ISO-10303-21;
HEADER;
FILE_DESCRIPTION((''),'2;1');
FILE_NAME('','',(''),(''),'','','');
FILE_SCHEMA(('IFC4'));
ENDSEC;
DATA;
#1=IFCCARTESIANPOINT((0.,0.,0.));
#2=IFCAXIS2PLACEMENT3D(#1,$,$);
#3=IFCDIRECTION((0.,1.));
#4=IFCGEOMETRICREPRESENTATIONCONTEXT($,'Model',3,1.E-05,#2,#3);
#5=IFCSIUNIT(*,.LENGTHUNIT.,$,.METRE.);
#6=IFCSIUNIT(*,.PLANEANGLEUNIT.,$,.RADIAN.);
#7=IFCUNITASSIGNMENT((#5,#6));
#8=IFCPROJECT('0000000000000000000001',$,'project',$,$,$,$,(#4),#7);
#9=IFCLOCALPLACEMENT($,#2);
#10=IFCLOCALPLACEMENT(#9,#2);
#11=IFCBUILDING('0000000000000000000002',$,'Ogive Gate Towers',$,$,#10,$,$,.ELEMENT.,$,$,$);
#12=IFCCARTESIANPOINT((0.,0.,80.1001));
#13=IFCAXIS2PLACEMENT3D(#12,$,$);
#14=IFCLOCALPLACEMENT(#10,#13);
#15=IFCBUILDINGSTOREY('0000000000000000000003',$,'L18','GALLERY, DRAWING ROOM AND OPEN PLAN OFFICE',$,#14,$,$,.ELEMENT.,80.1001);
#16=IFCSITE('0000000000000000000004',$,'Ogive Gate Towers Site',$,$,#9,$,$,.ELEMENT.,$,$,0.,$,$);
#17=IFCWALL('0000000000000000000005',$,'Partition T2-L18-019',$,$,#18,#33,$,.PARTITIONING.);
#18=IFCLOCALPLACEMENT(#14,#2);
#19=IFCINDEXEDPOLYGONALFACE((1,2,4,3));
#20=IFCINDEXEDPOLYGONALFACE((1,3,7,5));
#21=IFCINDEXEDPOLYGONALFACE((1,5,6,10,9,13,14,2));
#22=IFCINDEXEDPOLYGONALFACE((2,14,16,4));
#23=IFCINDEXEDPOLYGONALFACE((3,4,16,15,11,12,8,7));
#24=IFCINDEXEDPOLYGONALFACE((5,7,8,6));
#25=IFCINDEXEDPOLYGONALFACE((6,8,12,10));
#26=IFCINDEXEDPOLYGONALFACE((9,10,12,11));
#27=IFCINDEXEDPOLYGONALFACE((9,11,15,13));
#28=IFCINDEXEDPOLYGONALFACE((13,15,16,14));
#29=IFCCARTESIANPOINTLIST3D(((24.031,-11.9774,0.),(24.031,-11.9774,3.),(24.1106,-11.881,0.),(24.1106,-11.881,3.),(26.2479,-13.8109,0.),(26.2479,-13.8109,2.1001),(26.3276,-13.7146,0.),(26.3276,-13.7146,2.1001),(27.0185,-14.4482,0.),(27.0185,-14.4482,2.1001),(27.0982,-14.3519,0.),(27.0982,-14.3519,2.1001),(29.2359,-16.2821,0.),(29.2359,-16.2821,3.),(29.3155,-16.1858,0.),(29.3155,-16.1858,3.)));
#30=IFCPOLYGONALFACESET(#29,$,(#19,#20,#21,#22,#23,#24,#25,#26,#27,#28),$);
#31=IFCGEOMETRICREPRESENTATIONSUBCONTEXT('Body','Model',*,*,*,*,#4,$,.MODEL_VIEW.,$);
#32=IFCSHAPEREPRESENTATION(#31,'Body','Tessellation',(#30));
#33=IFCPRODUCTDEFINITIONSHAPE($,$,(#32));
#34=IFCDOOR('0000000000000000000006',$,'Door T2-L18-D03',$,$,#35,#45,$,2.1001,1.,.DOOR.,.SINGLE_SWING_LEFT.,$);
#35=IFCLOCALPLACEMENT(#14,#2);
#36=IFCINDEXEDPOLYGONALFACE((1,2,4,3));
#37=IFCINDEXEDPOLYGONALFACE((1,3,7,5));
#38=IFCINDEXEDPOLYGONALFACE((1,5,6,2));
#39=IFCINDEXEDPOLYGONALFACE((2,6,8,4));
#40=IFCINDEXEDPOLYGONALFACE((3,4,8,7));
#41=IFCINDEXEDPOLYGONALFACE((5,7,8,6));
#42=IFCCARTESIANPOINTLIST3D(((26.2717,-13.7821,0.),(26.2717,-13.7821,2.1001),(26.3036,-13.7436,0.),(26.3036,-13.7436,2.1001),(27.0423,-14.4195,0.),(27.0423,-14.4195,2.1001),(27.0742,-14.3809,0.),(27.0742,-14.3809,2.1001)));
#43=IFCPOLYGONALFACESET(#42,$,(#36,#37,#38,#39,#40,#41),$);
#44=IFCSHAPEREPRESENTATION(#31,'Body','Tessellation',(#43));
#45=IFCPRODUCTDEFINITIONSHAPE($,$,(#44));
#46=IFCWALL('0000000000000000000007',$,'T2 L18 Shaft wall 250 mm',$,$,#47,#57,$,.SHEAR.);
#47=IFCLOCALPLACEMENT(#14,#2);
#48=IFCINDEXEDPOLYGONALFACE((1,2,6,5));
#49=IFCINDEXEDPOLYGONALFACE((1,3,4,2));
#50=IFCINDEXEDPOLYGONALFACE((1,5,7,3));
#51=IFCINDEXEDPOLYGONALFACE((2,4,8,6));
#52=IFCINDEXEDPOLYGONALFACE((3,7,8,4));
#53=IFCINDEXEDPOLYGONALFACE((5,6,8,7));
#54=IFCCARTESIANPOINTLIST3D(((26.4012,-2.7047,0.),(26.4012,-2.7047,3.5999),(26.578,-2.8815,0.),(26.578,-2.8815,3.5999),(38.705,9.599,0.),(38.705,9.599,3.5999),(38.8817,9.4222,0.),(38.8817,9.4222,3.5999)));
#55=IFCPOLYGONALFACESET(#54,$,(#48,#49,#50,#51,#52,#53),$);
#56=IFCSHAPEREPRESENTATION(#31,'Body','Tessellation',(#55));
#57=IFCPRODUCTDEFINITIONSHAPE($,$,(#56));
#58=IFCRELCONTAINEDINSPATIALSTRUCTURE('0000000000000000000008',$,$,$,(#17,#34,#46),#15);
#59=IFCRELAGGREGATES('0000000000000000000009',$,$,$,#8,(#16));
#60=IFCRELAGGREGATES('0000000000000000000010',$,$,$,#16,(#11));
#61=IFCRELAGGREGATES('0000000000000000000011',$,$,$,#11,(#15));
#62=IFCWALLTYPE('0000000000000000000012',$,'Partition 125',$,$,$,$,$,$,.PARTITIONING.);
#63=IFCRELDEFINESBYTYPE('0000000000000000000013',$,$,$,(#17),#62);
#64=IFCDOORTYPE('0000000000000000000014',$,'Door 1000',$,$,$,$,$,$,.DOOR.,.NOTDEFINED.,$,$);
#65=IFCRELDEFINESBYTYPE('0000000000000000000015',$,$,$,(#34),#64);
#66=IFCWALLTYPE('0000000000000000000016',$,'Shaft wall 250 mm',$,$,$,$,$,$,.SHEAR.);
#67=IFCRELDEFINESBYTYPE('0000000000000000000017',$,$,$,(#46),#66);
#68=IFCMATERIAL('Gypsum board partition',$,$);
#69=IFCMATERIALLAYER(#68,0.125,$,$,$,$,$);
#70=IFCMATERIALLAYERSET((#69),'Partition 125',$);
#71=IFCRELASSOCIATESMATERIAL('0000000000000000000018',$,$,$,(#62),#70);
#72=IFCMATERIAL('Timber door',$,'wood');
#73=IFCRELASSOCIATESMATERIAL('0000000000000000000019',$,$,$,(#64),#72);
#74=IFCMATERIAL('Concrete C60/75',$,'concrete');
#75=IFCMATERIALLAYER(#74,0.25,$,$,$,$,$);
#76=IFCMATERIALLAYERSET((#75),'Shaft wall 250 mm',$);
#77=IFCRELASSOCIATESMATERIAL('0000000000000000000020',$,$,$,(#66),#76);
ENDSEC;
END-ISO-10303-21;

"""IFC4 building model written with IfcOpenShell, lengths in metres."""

from ifc_helpers import new_model, si_unit, direction, frame, frame_2d, origin, place, context, subcontext, project, spatial, rectangle, extrude, material, layer, layer_set, type_object, element, fill, save


model = new_model("IFC4")

# Units and contexts
model_context = context("Model", 3, precision=1e-05, world=origin(), true_north=direction((0.0, 1.0)))
body_context = subcontext(model_context, "Body", "Model", "MODEL_VIEW")
ifc_project = project(units=[si_unit("LENGTHUNIT", "METRE"), si_unit("PLANEANGLEUNIT", "RADIAN")], contexts=[model_context])

# Site, building, storey
site_placement = place(None, origin())
site = spatial("IfcSite", under=ifc_project, at=site_placement, Name="Ogive Gate Towers Site", CompositionType="ELEMENT", RefElevation=0.0)
building_placement = place(site_placement, origin())
building = spatial("IfcBuilding", under=site, at=building_placement, Name="Ogive Gate Towers", CompositionType="ELEMENT")
storey_placement = place(building_placement, frame((0.0, 0.0, 80.1001)))
storey = spatial("IfcBuildingStorey", under=building, at=storey_placement, Name="L18", Description="GALLERY, DRAWING ROOM AND OPEN PLAN OFFICE", CompositionType="ELEMENT", Elevation=80.1001)

# Shared definitions
ifc_material_1 = material(Name="Gypsum board partition")
ifc_layer_1 = layer(ifc_material_1, 0.125)
ifc_layer_set_1 = layer_set([ifc_layer_1], Name="Partition 125")
wall_type_1 = type_object("IfcWallType", Name="Partition 125", PredefinedType="PARTITIONING", material=ifc_layer_set_1)

# Wall, opening, door
ifc_material_2 = material(Name="Timber door", Category="wood")
door_type = type_object("IfcDoorType", Name="Door 1000", OperationType="NOTDEFINED", PredefinedType="DOOR", material=ifc_material_2)
wall_1_placement = place(storey_placement, frame((24.0708, -11.9292, 0.0), z_axis=(0.0, 0.0, 1.0), x_axis=(0.770595, -0.637325, 0.0)))
wall_1 = element("IfcWall", 1, at=wall_1_placement, inside=storey, type_object=wall_type_1, Name="Partition T2-L18-019", PredefinedType="PARTITIONING", context=body_context, shape_type="SweptSolid", body=[
    extrude(rectangle(XDim=6.7544, YDim=0.125, at=frame_2d((3.3772, 0.0))), origin(), (0.0, 0.0, 1.0), 3.0),
])
opening_1_placement = place(wall_1_placement, frame((2.877, 0.0, 0.0)))
opening_1 = element("IfcOpeningElement", 2, at=opening_1_placement, cuts=wall_1, PredefinedType="OPENING", context=body_context, shape_type="SweptSolid", body=[
    extrude(rectangle(XDim=1.0, YDim=2.1001, at=frame_2d((0.5, 1.05))), frame((0.0, 0.0725, 0.0), z_axis=(0.0, -1.0, 0.0), x_axis=(1.0, 0.0, 0.0)), (0.0, 0.0, 1.0), 0.145),
])
door_1_placement = place(opening_1_placement, origin())
door_1 = element("IfcDoor", 3, at=door_1_placement, inside=storey, type_object=door_type, Name="Door T2-L18-D03", OperationType="SINGLE_SWING_LEFT", OverallHeight=2.1001, OverallWidth=1.0, PredefinedType="DOOR", context=body_context, shape_type="SweptSolid", body=[
    extrude(rectangle(XDim=1.0, YDim=2.1001, at=frame_2d((0.5, 1.05))), frame((0.0, 0.0249, 0.0), z_axis=(0.0, -1.0, 0.0), x_axis=(1.0, 0.0, 0.0)), (0.0, 0.0, 1.0), 0.05),
])
fill(opening_1, door_1)

# Wall
ifc_material_3 = material(Name="Concrete C60/75", Category="concrete")
ifc_layer_2 = layer(ifc_material_3, 0.25)
ifc_layer_set_2 = layer_set([ifc_layer_2], Name="Shaft wall 250 mm")
wall_type_2 = type_object("IfcWallType", Name="Shaft wall 250 mm", PredefinedType="SHEAR", material=ifc_layer_set_2)
wall_2_placement = place(storey_placement, frame((26.4895, -2.7932, 0.0), z_axis=(0.0, 0.0, 1.0), x_axis=(0.707107, 0.707107, 0.0)))
element("IfcWall", 4, at=wall_2_placement, inside=storey, type_object=wall_type_2, Name="T2 L18 Shaft wall 250 mm", PredefinedType="SHEAR", context=body_context, shape_type="SweptSolid", body=[
    extrude(rectangle(XDim=17.4001, YDim=0.25, at=frame_2d((8.7002, 0.0))), origin(), (0.0, 0.0, 1.0), 3.5999),
])

save(model, "model.ifc")
